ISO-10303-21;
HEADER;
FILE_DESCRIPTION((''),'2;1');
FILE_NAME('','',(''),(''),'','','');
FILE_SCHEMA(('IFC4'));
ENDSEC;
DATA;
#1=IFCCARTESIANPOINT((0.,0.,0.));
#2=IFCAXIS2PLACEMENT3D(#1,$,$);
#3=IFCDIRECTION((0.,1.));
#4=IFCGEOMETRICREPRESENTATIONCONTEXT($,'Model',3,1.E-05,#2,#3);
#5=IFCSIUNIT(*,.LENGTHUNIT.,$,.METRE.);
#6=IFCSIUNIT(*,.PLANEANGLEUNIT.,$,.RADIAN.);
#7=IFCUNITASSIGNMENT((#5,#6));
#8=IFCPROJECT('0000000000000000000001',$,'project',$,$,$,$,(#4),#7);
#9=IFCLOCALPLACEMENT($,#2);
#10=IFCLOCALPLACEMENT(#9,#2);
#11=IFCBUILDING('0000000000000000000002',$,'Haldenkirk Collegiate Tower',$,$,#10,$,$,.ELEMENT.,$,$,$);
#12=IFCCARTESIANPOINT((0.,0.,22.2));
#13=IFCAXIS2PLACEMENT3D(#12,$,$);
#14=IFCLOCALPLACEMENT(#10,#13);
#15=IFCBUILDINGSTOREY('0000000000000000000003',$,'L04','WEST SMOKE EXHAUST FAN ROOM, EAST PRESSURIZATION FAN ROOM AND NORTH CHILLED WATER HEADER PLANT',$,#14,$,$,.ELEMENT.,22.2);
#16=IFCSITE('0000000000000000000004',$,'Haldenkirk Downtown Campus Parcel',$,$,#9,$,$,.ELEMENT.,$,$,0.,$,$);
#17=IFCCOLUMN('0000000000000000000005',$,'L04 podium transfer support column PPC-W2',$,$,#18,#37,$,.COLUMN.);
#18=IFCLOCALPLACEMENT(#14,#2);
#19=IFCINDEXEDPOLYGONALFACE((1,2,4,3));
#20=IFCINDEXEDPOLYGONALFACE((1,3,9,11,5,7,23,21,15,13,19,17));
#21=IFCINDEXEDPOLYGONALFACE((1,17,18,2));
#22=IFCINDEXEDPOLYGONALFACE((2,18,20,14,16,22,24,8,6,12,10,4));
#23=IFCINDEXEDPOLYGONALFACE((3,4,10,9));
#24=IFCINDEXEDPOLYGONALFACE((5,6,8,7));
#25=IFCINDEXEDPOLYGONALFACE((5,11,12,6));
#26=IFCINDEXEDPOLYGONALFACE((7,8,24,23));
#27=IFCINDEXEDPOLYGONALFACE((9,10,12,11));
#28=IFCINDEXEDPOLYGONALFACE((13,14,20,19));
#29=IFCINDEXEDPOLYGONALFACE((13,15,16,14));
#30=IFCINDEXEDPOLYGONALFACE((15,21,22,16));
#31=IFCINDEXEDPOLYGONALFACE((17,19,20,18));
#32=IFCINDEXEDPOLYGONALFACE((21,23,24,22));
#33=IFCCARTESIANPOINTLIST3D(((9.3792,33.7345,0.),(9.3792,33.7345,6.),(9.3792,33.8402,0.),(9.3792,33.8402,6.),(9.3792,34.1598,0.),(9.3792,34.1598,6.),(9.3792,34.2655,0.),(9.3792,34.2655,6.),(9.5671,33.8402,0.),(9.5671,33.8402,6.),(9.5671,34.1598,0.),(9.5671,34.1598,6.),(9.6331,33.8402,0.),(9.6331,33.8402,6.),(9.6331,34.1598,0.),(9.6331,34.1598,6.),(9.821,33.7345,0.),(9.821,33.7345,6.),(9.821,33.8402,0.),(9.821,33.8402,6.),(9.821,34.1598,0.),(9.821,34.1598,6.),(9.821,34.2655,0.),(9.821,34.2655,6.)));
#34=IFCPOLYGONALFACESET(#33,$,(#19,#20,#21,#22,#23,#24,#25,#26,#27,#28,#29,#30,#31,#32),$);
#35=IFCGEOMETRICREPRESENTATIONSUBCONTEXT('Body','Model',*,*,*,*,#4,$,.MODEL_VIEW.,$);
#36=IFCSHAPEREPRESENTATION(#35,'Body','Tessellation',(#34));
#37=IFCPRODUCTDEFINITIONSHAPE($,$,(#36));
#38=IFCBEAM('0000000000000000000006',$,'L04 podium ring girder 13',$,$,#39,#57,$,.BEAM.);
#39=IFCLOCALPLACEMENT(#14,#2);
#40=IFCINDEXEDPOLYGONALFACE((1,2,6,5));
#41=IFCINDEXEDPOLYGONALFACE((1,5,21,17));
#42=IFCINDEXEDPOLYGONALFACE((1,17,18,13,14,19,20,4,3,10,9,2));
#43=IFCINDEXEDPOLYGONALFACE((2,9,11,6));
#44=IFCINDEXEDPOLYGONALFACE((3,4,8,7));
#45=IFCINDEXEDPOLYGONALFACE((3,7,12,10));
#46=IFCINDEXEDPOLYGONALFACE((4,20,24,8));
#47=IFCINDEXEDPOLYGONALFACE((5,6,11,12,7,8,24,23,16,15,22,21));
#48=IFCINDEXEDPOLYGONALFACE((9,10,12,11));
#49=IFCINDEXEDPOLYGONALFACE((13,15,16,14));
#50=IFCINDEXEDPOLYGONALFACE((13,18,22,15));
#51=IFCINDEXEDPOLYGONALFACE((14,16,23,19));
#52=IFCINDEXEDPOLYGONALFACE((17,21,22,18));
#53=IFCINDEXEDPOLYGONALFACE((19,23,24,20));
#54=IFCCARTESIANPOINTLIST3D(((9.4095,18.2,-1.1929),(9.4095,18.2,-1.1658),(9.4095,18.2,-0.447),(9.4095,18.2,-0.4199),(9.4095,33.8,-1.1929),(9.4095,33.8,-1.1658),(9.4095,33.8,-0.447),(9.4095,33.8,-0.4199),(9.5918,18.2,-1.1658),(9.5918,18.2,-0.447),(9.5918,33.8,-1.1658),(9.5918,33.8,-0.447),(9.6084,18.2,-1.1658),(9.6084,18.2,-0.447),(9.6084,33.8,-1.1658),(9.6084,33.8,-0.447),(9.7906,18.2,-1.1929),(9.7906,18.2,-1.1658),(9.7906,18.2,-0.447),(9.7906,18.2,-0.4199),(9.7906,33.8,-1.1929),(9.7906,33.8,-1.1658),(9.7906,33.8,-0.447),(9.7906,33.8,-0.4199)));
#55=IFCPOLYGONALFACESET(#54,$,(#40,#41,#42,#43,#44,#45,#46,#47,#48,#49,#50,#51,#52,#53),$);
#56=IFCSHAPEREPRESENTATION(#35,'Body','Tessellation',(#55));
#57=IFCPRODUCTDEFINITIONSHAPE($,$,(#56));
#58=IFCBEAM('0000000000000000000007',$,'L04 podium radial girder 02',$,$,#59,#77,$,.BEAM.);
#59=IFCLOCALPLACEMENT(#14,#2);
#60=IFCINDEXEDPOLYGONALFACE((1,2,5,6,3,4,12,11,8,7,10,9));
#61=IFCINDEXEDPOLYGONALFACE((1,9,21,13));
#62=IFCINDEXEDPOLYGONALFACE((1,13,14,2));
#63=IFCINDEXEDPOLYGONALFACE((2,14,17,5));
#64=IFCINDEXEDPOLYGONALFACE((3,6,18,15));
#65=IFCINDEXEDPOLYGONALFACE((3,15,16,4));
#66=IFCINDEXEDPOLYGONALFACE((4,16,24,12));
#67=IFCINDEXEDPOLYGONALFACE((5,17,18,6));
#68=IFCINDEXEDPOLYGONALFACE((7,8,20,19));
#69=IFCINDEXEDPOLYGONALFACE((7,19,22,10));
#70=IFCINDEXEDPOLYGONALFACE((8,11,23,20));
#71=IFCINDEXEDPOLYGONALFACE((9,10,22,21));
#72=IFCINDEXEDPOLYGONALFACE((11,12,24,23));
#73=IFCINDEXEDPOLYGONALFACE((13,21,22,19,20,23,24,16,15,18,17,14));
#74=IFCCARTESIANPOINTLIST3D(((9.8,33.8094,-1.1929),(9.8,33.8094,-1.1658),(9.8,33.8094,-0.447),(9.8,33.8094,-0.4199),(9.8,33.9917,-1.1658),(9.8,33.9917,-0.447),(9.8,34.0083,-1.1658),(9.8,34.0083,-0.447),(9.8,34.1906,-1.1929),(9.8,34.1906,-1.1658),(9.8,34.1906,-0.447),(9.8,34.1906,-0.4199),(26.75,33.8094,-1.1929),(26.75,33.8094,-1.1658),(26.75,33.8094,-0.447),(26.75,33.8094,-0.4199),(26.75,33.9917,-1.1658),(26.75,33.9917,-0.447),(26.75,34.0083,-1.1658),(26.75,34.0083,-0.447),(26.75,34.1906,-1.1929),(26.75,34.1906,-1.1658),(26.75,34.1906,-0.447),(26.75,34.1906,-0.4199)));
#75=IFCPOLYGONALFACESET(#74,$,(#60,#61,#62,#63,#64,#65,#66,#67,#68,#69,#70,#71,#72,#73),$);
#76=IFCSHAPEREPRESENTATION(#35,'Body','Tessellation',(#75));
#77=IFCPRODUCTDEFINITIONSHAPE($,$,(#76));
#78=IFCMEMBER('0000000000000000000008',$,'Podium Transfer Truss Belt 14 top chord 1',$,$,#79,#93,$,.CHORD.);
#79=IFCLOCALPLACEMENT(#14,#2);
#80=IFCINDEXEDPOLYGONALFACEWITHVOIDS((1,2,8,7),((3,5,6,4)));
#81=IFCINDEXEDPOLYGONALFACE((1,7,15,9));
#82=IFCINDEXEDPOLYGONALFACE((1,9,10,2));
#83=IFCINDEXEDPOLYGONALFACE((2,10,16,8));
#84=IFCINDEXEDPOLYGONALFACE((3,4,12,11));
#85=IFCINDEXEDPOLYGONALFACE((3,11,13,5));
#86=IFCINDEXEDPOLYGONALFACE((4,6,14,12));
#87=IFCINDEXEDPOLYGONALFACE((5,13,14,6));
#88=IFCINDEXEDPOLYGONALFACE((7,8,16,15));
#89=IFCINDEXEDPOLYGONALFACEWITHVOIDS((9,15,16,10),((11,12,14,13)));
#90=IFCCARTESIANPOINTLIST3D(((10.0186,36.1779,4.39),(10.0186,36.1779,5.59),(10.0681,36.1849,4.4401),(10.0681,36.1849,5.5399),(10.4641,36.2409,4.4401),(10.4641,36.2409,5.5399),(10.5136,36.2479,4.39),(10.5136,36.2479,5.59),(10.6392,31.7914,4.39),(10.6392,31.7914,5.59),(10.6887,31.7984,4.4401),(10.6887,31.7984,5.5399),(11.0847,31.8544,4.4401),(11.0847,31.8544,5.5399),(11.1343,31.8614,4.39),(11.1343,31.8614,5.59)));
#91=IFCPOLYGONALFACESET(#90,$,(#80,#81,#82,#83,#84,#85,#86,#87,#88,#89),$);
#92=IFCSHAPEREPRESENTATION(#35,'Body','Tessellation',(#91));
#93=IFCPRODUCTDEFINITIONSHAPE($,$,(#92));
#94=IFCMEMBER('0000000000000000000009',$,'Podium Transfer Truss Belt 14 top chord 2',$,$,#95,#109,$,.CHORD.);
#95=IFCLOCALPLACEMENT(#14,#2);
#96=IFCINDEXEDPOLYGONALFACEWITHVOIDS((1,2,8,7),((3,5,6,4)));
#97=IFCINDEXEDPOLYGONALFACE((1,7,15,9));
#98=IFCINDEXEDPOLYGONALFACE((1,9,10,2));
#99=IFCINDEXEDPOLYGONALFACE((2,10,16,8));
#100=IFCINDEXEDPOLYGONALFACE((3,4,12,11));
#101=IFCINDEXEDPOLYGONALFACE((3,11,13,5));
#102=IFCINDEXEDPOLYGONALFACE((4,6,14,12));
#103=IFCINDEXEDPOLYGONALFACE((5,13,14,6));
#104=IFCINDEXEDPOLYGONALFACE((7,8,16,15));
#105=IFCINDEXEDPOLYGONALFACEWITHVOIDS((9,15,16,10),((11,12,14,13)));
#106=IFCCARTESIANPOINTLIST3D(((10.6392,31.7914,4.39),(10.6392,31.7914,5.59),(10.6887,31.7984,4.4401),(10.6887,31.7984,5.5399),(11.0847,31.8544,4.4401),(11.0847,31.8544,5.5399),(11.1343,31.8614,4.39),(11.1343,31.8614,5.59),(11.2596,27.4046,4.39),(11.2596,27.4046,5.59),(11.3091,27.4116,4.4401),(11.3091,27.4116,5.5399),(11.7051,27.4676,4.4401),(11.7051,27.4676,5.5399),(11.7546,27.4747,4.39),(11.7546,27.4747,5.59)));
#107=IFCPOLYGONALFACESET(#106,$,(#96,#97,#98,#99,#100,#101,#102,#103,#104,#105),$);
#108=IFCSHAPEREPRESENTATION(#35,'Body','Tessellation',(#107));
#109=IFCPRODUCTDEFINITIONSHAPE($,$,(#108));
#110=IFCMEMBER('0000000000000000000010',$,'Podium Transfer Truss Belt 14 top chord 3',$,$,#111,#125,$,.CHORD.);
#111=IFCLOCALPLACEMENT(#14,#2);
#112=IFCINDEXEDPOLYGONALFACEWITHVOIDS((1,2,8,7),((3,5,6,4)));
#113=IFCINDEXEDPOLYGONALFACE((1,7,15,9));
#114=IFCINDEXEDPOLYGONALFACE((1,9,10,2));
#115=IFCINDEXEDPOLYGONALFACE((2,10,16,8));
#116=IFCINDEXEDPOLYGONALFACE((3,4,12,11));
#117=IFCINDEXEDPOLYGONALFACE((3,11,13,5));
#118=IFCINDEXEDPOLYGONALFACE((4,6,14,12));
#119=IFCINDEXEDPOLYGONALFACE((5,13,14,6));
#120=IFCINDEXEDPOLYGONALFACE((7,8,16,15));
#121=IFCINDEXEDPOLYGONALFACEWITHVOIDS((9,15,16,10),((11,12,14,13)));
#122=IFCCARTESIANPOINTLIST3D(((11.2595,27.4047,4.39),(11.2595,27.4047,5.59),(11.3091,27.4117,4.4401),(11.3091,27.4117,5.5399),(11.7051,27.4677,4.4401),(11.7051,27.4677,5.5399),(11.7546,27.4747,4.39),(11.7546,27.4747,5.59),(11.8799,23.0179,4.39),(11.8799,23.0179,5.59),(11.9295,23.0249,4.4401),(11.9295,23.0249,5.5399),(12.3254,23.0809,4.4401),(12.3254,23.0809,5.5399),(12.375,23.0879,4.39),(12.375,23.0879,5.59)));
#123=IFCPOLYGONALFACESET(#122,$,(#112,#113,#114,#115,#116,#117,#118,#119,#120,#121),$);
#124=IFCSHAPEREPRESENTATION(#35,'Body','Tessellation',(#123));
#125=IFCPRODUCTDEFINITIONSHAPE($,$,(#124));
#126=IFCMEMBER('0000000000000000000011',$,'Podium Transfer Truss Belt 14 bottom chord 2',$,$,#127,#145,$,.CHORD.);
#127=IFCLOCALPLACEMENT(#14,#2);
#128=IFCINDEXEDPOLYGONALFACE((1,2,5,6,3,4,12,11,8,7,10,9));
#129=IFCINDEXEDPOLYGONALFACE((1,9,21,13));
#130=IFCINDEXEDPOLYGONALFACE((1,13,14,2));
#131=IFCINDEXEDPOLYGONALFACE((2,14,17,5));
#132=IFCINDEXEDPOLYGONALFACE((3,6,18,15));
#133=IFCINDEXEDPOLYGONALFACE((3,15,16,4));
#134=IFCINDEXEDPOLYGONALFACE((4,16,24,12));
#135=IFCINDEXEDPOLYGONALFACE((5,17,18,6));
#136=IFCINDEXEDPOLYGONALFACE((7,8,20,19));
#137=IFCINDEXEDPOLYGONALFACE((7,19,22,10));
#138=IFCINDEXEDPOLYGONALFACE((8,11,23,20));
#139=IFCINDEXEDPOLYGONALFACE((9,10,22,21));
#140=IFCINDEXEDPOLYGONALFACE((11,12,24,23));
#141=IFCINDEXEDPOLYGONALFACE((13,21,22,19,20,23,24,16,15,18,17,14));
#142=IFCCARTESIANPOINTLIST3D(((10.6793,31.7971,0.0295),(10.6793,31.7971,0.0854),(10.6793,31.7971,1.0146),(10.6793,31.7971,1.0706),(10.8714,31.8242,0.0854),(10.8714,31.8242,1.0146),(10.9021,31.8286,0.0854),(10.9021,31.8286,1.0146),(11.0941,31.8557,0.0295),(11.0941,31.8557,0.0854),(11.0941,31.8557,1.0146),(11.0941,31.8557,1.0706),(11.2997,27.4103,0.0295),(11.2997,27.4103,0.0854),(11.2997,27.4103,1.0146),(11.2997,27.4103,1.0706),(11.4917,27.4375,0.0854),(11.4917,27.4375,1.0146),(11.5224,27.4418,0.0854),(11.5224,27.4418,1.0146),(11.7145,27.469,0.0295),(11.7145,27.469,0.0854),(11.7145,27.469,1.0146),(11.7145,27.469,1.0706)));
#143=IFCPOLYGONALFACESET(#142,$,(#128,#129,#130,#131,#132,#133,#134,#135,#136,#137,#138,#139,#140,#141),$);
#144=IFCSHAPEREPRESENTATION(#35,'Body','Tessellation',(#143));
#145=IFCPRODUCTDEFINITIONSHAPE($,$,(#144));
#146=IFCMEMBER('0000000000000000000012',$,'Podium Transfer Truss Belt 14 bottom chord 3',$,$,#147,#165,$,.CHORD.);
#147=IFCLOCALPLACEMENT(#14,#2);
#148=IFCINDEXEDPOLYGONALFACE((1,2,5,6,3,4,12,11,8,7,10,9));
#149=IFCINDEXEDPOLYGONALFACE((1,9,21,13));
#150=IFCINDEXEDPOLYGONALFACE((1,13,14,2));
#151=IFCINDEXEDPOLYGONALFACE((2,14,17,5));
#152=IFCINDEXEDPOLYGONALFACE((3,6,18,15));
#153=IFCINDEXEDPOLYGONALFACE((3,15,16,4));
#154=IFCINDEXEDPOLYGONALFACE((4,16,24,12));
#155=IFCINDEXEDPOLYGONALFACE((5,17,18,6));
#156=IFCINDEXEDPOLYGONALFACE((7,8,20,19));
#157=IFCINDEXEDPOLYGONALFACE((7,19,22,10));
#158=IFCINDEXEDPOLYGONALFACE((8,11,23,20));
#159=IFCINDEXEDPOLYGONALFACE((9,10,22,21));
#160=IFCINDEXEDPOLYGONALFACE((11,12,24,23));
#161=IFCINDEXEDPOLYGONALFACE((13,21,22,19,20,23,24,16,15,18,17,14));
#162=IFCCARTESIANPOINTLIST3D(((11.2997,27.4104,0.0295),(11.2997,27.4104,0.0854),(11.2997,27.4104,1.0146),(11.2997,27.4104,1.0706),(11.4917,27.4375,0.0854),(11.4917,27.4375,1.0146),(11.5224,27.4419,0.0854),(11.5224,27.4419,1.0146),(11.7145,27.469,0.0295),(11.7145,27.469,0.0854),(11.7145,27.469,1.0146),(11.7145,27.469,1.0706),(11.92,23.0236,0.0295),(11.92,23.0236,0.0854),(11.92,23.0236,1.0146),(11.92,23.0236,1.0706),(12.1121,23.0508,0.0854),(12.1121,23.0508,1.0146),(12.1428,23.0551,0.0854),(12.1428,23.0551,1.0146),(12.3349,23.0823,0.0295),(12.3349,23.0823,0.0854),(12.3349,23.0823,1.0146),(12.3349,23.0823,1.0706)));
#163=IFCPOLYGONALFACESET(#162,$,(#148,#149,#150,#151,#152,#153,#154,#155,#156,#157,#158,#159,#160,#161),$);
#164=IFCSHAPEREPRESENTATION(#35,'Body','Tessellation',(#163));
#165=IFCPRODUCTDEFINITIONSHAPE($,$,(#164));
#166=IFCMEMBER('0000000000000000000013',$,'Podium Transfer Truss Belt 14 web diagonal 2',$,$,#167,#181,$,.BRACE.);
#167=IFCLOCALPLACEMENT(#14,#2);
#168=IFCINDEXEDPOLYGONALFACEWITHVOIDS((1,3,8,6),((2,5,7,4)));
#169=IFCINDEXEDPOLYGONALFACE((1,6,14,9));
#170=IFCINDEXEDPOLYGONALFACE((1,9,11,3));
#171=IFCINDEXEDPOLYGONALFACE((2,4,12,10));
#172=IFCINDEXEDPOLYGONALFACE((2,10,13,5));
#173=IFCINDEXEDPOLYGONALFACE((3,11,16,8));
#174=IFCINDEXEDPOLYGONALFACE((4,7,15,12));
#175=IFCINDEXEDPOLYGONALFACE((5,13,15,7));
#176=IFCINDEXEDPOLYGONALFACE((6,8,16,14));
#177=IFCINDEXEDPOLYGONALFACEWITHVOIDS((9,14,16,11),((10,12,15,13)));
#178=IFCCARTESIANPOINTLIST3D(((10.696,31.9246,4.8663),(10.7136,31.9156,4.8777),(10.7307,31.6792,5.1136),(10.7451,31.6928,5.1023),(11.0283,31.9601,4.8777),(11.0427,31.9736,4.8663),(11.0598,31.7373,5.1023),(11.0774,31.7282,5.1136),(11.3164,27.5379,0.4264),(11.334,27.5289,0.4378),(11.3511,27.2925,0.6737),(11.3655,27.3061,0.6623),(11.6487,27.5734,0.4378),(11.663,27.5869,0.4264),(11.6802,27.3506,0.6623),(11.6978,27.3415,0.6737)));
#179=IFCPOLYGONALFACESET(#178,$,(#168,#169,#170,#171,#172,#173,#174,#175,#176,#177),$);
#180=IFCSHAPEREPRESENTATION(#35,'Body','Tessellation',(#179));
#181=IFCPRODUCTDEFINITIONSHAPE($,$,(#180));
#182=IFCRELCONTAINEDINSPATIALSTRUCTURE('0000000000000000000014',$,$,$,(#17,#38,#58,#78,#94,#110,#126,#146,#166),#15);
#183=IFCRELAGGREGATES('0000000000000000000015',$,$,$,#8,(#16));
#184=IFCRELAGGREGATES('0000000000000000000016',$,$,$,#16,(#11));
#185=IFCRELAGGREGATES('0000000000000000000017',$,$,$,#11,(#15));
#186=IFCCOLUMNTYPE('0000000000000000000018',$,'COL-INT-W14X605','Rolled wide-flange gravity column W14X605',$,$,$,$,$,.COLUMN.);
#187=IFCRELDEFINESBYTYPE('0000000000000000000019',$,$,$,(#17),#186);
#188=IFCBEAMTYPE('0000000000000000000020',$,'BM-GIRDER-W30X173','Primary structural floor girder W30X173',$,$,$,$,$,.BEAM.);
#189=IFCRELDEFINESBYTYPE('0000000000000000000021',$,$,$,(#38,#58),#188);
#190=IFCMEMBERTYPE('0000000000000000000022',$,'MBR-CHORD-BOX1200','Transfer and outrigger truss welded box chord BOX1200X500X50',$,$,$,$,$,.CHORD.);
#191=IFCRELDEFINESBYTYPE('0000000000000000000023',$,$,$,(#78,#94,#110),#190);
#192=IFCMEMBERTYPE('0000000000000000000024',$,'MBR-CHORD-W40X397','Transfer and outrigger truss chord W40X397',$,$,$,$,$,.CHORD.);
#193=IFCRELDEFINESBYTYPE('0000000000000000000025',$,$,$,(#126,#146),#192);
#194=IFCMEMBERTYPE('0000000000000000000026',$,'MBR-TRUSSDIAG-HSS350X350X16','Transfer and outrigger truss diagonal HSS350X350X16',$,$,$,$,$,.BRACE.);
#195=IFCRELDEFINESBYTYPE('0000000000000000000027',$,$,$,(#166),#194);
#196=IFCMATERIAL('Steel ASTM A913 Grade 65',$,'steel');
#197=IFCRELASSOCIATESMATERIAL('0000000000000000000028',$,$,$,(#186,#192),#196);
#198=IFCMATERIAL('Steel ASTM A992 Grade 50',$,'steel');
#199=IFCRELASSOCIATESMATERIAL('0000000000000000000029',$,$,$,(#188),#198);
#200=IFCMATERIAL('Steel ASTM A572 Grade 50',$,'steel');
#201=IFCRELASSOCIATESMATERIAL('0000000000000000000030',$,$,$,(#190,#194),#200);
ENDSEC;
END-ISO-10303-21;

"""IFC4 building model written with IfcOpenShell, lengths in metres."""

from ifc_helpers import new_model, si_unit, direction, frame, origin, origin_2d, place, context, subcontext, project, spatial, hollow_rectangle, i_section, extrude, material, material_profile, profile_set, type_object, element, save


model = new_model("IFC4")

# Units and contexts
model_context = context("Model", 3, precision=1e-05, world=origin(), true_north=direction((0.0, 1.0)))
body_context = subcontext(model_context, "Body", "Model", "MODEL_VIEW")
ifc_project = project(units=[si_unit("LENGTHUNIT", "METRE"), si_unit("PLANEANGLEUNIT", "RADIAN")], contexts=[model_context])

# Site, building, storey
site_placement = place(None, origin())
site = spatial("IfcSite", under=ifc_project, at=site_placement, Name="Haldenkirk Downtown Campus Parcel", CompositionType="ELEMENT", RefElevation=0.0)
building_placement = place(site_placement, origin())
building = spatial("IfcBuilding", under=site, at=building_placement, Name="Haldenkirk Collegiate Tower", CompositionType="ELEMENT")
storey_placement = place(building_placement, frame((0.0, 0.0, 22.2)))
storey = spatial("IfcBuildingStorey", under=building, at=storey_placement, Name="L04", Description="WEST SMOKE EXHAUST FAN ROOM, EAST PRESSURIZATION FAN ROOM AND NORTH CHILLED WATER HEADER PLANT", CompositionType="ELEMENT", Elevation=22.2)

# Column
ifc_material_1 = material(Name="Steel ASTM A913 Grade 65", Category="steel")
ifc_material_profile_1 = material_profile(ifc_material_1, i_section(OverallWidth=0.4419, OverallDepth=0.531, WebThickness=0.0659, FlangeThickness=0.1057, at=origin_2d()), Name="W14X605")
ifc_profile_set_1 = profile_set([ifc_material_profile_1], Name="Steel ASTM A913 Grade 65")
column_type = type_object("IfcColumnType", Name="COL-INT-W14X605", Description="Rolled wide-flange gravity column W14X605", PredefinedType="COLUMN", material=ifc_profile_set_1)
column_placement = place(storey_placement, frame((9.6001, 34.0, 0.0), z_axis=(0.0, 0.0, 1.0), x_axis=(1.0, 0.0, 0.0)))
element("IfcColumn", 1, at=column_placement, inside=storey, type_object=column_type, Name="L04 podium transfer support column PPC-W2", PredefinedType="COLUMN", context=body_context, shape_type="SweptSolid", body=[
    extrude(i_section(OverallWidth=0.4419, OverallDepth=0.531, WebThickness=0.0659, FlangeThickness=0.1057, at=origin_2d()), origin(), (0.0, 0.0, 1.0), 6.0),
])

# Beams
ifc_material_2 = material(Name="Steel ASTM A992 Grade 50", Category="steel")
ifc_material_profile_2 = material_profile(ifc_material_2, i_section(OverallWidth=0.3811, OverallDepth=0.7729, WebThickness=0.0166, FlangeThickness=0.0271, at=origin_2d()), Name="W30X173")
ifc_profile_set_2 = profile_set([ifc_material_profile_2], Name="Steel ASTM A992 Grade 50")
beam_type = type_object("IfcBeamType", Name="BM-GIRDER-W30X173", Description="Primary structural floor girder W30X173", PredefinedType="BEAM", material=ifc_profile_set_2)
beam_1_placement = place(storey_placement, frame((9.6001, 33.8, -0.8064), z_axis=(0.0, -1.0, 0.0), x_axis=(1.0, 0.0, 0.0)))
element("IfcBeam", 2, at=beam_1_placement, inside=storey, type_object=beam_type, Name="L04 podium ring girder 13", PredefinedType="BEAM", context=body_context, shape_type="SweptSolid", body=[
    extrude(i_section(OverallWidth=0.3811, OverallDepth=0.7729, WebThickness=0.0166, FlangeThickness=0.0271, at=origin_2d()), origin(), (0.0, 0.0, 1.0), 15.6001),
])
beam_2_placement = place(storey_placement, frame((9.8, 34.0, -0.8064), z_axis=(1.0, 0.0, 0.0), x_axis=(0.0, 1.0, 0.0)))
element("IfcBeam", 3, at=beam_2_placement, inside=storey, type_object=beam_type, Name="L04 podium radial girder 02", PredefinedType="BEAM", context=body_context, shape_type="SweptSolid", body=[
    extrude(i_section(OverallWidth=0.3811, OverallDepth=0.7729, WebThickness=0.0166, FlangeThickness=0.0271, at=origin_2d()), origin(), (0.0, 0.0, 1.0), 16.95),
])

# Members
ifc_material_3 = material(Name="Steel ASTM A572 Grade 50", Category="steel")
ifc_material_profile_3 = material_profile(ifc_material_3, hollow_rectangle(XDim=0.5, YDim=1.2, WallThickness=0.05, at=origin_2d()), Name="BOX1200X500X50")
ifc_profile_set_3 = profile_set([ifc_material_profile_3], Name="Steel ASTM A572 Grade 50")
member_type_1 = type_object("IfcMemberType", Name="MBR-CHORD-BOX1200", Description="Transfer and outrigger truss welded box chord BOX1200X500X50", PredefinedType="CHORD", material=ifc_profile_set_3)
member_placement = place(storey_placement, frame((10.2661, 36.2129, 4.99), z_axis=(0.140086, -0.990139, 0.0), x_axis=(0.990139, 0.140086, 0.0)))
element("IfcMember", 4, at=member_placement, inside=storey, type_object=member_type_1, Name="Podium Transfer Truss Belt 14 top chord 1", PredefinedType="CHORD", context=body_context, shape_type="SweptSolid", body=[
    extrude(hollow_rectangle(XDim=0.5, YDim=1.2, WallThickness=0.05, at=origin_2d()), origin(), (0.0, 0.0, 1.0), 4.4302),
])
for number, where, z_axis, x_axis, name in (
    (5, (10.8867, 31.8264, 4.99), (0.140025, -0.990148, 0.0), (0.990148, 0.140025, 0.0), "Podium Transfer Truss Belt 14 top chord 2"),
    (6, (11.5071, 27.4397, 4.99), (0.140025, -0.990148, 0.0), (0.990148, 0.140025, 0.0), "Podium Transfer Truss Belt 14 top chord 3"),
):
    element("IfcMember", number, at=place(storey_placement, frame(where, z_axis=z_axis, x_axis=x_axis)), inside=storey, type_object=member_type_1, Name=name, PredefinedType="CHORD", context=body_context, shape_type="SweptSolid", body=[
        extrude(hollow_rectangle(XDim=0.5, YDim=1.2, WallThickness=0.05, at=origin_2d()), origin(), (0.0, 0.0, 1.0), 4.4304),
    ])
ifc_material_profile_4 = material_profile(ifc_material_1, i_section(OverallWidth=0.4189, OverallDepth=1.041, WebThickness=0.031, FlangeThickness=0.0559, at=origin_2d()), Name="W40X397")
ifc_profile_set_4 = profile_set([ifc_material_profile_4], Name="Steel ASTM A913 Grade 65")
member_type_2 = type_object("IfcMemberType", Name="MBR-CHORD-W40X397", Description="Transfer and outrigger truss chord W40X397", PredefinedType="CHORD", material=ifc_profile_set_4)
for number, where, z_axis, x_axis, name in (
    (7, (10.8867, 31.8264, 0.55), (0.140025, -0.990148, 0.0), (0.990148, 0.140025, 0.0), "Podium Transfer Truss Belt 14 bottom chord 2"),
    (8, (11.5071, 27.4397, 0.55), (0.140025, -0.990148, 0.0), (0.990148, 0.140025, 0.0), "Podium Transfer Truss Belt 14 bottom chord 3"),
):
    element("IfcMember", number, at=place(storey_placement, frame(where, z_axis=z_axis, x_axis=x_axis)), inside=storey, type_object=member_type_2, Name=name, PredefinedType="CHORD", context=body_context, shape_type="SweptSolid", body=[
        extrude(i_section(OverallWidth=0.4189, OverallDepth=1.041, WebThickness=0.031, FlangeThickness=0.0559, at=origin_2d()), origin(), (0.0, 0.0, 1.0), 4.4304),
    ])
ifc_material_profile_5 = material_profile(ifc_material_3, hollow_rectangle(XDim=0.3501, YDim=0.3501, WallThickness=0.0161, at=origin_2d()), Name="HSS350X350X16")
ifc_profile_set_5 = profile_set([ifc_material_profile_5], Name="Steel ASTM A572 Grade 50")
member_type_3 = type_object("IfcMemberType", Name="MBR-TRUSSDIAG-HSS350X350X16", Description="Transfer and outrigger truss diagonal HSS350X350X16", PredefinedType="BRACE", material=ifc_profile_set_5)
for number, where, z_axis, x_axis, name in (
    (9, (10.8867, 31.8264, 4.99), (0.098906, -0.699384, -0.70787), (0.990148, 0.140025, 0.0), "Podium Transfer Truss Belt 14 web diagonal 2"),
):
    element("IfcMember", number, at=place(storey_placement, frame(where, z_axis=z_axis, x_axis=x_axis)), inside=storey, type_object=member_type_3, Name=name, PredefinedType="BRACE", context=body_context, shape_type="SweptSolid", body=[
        extrude(hollow_rectangle(XDim=0.3501, YDim=0.3501, WallThickness=0.0161, at=origin_2d()), origin(), (0.0, 0.0, 1.0), 6.2722),
    ])

save(model, "model.ifc")
